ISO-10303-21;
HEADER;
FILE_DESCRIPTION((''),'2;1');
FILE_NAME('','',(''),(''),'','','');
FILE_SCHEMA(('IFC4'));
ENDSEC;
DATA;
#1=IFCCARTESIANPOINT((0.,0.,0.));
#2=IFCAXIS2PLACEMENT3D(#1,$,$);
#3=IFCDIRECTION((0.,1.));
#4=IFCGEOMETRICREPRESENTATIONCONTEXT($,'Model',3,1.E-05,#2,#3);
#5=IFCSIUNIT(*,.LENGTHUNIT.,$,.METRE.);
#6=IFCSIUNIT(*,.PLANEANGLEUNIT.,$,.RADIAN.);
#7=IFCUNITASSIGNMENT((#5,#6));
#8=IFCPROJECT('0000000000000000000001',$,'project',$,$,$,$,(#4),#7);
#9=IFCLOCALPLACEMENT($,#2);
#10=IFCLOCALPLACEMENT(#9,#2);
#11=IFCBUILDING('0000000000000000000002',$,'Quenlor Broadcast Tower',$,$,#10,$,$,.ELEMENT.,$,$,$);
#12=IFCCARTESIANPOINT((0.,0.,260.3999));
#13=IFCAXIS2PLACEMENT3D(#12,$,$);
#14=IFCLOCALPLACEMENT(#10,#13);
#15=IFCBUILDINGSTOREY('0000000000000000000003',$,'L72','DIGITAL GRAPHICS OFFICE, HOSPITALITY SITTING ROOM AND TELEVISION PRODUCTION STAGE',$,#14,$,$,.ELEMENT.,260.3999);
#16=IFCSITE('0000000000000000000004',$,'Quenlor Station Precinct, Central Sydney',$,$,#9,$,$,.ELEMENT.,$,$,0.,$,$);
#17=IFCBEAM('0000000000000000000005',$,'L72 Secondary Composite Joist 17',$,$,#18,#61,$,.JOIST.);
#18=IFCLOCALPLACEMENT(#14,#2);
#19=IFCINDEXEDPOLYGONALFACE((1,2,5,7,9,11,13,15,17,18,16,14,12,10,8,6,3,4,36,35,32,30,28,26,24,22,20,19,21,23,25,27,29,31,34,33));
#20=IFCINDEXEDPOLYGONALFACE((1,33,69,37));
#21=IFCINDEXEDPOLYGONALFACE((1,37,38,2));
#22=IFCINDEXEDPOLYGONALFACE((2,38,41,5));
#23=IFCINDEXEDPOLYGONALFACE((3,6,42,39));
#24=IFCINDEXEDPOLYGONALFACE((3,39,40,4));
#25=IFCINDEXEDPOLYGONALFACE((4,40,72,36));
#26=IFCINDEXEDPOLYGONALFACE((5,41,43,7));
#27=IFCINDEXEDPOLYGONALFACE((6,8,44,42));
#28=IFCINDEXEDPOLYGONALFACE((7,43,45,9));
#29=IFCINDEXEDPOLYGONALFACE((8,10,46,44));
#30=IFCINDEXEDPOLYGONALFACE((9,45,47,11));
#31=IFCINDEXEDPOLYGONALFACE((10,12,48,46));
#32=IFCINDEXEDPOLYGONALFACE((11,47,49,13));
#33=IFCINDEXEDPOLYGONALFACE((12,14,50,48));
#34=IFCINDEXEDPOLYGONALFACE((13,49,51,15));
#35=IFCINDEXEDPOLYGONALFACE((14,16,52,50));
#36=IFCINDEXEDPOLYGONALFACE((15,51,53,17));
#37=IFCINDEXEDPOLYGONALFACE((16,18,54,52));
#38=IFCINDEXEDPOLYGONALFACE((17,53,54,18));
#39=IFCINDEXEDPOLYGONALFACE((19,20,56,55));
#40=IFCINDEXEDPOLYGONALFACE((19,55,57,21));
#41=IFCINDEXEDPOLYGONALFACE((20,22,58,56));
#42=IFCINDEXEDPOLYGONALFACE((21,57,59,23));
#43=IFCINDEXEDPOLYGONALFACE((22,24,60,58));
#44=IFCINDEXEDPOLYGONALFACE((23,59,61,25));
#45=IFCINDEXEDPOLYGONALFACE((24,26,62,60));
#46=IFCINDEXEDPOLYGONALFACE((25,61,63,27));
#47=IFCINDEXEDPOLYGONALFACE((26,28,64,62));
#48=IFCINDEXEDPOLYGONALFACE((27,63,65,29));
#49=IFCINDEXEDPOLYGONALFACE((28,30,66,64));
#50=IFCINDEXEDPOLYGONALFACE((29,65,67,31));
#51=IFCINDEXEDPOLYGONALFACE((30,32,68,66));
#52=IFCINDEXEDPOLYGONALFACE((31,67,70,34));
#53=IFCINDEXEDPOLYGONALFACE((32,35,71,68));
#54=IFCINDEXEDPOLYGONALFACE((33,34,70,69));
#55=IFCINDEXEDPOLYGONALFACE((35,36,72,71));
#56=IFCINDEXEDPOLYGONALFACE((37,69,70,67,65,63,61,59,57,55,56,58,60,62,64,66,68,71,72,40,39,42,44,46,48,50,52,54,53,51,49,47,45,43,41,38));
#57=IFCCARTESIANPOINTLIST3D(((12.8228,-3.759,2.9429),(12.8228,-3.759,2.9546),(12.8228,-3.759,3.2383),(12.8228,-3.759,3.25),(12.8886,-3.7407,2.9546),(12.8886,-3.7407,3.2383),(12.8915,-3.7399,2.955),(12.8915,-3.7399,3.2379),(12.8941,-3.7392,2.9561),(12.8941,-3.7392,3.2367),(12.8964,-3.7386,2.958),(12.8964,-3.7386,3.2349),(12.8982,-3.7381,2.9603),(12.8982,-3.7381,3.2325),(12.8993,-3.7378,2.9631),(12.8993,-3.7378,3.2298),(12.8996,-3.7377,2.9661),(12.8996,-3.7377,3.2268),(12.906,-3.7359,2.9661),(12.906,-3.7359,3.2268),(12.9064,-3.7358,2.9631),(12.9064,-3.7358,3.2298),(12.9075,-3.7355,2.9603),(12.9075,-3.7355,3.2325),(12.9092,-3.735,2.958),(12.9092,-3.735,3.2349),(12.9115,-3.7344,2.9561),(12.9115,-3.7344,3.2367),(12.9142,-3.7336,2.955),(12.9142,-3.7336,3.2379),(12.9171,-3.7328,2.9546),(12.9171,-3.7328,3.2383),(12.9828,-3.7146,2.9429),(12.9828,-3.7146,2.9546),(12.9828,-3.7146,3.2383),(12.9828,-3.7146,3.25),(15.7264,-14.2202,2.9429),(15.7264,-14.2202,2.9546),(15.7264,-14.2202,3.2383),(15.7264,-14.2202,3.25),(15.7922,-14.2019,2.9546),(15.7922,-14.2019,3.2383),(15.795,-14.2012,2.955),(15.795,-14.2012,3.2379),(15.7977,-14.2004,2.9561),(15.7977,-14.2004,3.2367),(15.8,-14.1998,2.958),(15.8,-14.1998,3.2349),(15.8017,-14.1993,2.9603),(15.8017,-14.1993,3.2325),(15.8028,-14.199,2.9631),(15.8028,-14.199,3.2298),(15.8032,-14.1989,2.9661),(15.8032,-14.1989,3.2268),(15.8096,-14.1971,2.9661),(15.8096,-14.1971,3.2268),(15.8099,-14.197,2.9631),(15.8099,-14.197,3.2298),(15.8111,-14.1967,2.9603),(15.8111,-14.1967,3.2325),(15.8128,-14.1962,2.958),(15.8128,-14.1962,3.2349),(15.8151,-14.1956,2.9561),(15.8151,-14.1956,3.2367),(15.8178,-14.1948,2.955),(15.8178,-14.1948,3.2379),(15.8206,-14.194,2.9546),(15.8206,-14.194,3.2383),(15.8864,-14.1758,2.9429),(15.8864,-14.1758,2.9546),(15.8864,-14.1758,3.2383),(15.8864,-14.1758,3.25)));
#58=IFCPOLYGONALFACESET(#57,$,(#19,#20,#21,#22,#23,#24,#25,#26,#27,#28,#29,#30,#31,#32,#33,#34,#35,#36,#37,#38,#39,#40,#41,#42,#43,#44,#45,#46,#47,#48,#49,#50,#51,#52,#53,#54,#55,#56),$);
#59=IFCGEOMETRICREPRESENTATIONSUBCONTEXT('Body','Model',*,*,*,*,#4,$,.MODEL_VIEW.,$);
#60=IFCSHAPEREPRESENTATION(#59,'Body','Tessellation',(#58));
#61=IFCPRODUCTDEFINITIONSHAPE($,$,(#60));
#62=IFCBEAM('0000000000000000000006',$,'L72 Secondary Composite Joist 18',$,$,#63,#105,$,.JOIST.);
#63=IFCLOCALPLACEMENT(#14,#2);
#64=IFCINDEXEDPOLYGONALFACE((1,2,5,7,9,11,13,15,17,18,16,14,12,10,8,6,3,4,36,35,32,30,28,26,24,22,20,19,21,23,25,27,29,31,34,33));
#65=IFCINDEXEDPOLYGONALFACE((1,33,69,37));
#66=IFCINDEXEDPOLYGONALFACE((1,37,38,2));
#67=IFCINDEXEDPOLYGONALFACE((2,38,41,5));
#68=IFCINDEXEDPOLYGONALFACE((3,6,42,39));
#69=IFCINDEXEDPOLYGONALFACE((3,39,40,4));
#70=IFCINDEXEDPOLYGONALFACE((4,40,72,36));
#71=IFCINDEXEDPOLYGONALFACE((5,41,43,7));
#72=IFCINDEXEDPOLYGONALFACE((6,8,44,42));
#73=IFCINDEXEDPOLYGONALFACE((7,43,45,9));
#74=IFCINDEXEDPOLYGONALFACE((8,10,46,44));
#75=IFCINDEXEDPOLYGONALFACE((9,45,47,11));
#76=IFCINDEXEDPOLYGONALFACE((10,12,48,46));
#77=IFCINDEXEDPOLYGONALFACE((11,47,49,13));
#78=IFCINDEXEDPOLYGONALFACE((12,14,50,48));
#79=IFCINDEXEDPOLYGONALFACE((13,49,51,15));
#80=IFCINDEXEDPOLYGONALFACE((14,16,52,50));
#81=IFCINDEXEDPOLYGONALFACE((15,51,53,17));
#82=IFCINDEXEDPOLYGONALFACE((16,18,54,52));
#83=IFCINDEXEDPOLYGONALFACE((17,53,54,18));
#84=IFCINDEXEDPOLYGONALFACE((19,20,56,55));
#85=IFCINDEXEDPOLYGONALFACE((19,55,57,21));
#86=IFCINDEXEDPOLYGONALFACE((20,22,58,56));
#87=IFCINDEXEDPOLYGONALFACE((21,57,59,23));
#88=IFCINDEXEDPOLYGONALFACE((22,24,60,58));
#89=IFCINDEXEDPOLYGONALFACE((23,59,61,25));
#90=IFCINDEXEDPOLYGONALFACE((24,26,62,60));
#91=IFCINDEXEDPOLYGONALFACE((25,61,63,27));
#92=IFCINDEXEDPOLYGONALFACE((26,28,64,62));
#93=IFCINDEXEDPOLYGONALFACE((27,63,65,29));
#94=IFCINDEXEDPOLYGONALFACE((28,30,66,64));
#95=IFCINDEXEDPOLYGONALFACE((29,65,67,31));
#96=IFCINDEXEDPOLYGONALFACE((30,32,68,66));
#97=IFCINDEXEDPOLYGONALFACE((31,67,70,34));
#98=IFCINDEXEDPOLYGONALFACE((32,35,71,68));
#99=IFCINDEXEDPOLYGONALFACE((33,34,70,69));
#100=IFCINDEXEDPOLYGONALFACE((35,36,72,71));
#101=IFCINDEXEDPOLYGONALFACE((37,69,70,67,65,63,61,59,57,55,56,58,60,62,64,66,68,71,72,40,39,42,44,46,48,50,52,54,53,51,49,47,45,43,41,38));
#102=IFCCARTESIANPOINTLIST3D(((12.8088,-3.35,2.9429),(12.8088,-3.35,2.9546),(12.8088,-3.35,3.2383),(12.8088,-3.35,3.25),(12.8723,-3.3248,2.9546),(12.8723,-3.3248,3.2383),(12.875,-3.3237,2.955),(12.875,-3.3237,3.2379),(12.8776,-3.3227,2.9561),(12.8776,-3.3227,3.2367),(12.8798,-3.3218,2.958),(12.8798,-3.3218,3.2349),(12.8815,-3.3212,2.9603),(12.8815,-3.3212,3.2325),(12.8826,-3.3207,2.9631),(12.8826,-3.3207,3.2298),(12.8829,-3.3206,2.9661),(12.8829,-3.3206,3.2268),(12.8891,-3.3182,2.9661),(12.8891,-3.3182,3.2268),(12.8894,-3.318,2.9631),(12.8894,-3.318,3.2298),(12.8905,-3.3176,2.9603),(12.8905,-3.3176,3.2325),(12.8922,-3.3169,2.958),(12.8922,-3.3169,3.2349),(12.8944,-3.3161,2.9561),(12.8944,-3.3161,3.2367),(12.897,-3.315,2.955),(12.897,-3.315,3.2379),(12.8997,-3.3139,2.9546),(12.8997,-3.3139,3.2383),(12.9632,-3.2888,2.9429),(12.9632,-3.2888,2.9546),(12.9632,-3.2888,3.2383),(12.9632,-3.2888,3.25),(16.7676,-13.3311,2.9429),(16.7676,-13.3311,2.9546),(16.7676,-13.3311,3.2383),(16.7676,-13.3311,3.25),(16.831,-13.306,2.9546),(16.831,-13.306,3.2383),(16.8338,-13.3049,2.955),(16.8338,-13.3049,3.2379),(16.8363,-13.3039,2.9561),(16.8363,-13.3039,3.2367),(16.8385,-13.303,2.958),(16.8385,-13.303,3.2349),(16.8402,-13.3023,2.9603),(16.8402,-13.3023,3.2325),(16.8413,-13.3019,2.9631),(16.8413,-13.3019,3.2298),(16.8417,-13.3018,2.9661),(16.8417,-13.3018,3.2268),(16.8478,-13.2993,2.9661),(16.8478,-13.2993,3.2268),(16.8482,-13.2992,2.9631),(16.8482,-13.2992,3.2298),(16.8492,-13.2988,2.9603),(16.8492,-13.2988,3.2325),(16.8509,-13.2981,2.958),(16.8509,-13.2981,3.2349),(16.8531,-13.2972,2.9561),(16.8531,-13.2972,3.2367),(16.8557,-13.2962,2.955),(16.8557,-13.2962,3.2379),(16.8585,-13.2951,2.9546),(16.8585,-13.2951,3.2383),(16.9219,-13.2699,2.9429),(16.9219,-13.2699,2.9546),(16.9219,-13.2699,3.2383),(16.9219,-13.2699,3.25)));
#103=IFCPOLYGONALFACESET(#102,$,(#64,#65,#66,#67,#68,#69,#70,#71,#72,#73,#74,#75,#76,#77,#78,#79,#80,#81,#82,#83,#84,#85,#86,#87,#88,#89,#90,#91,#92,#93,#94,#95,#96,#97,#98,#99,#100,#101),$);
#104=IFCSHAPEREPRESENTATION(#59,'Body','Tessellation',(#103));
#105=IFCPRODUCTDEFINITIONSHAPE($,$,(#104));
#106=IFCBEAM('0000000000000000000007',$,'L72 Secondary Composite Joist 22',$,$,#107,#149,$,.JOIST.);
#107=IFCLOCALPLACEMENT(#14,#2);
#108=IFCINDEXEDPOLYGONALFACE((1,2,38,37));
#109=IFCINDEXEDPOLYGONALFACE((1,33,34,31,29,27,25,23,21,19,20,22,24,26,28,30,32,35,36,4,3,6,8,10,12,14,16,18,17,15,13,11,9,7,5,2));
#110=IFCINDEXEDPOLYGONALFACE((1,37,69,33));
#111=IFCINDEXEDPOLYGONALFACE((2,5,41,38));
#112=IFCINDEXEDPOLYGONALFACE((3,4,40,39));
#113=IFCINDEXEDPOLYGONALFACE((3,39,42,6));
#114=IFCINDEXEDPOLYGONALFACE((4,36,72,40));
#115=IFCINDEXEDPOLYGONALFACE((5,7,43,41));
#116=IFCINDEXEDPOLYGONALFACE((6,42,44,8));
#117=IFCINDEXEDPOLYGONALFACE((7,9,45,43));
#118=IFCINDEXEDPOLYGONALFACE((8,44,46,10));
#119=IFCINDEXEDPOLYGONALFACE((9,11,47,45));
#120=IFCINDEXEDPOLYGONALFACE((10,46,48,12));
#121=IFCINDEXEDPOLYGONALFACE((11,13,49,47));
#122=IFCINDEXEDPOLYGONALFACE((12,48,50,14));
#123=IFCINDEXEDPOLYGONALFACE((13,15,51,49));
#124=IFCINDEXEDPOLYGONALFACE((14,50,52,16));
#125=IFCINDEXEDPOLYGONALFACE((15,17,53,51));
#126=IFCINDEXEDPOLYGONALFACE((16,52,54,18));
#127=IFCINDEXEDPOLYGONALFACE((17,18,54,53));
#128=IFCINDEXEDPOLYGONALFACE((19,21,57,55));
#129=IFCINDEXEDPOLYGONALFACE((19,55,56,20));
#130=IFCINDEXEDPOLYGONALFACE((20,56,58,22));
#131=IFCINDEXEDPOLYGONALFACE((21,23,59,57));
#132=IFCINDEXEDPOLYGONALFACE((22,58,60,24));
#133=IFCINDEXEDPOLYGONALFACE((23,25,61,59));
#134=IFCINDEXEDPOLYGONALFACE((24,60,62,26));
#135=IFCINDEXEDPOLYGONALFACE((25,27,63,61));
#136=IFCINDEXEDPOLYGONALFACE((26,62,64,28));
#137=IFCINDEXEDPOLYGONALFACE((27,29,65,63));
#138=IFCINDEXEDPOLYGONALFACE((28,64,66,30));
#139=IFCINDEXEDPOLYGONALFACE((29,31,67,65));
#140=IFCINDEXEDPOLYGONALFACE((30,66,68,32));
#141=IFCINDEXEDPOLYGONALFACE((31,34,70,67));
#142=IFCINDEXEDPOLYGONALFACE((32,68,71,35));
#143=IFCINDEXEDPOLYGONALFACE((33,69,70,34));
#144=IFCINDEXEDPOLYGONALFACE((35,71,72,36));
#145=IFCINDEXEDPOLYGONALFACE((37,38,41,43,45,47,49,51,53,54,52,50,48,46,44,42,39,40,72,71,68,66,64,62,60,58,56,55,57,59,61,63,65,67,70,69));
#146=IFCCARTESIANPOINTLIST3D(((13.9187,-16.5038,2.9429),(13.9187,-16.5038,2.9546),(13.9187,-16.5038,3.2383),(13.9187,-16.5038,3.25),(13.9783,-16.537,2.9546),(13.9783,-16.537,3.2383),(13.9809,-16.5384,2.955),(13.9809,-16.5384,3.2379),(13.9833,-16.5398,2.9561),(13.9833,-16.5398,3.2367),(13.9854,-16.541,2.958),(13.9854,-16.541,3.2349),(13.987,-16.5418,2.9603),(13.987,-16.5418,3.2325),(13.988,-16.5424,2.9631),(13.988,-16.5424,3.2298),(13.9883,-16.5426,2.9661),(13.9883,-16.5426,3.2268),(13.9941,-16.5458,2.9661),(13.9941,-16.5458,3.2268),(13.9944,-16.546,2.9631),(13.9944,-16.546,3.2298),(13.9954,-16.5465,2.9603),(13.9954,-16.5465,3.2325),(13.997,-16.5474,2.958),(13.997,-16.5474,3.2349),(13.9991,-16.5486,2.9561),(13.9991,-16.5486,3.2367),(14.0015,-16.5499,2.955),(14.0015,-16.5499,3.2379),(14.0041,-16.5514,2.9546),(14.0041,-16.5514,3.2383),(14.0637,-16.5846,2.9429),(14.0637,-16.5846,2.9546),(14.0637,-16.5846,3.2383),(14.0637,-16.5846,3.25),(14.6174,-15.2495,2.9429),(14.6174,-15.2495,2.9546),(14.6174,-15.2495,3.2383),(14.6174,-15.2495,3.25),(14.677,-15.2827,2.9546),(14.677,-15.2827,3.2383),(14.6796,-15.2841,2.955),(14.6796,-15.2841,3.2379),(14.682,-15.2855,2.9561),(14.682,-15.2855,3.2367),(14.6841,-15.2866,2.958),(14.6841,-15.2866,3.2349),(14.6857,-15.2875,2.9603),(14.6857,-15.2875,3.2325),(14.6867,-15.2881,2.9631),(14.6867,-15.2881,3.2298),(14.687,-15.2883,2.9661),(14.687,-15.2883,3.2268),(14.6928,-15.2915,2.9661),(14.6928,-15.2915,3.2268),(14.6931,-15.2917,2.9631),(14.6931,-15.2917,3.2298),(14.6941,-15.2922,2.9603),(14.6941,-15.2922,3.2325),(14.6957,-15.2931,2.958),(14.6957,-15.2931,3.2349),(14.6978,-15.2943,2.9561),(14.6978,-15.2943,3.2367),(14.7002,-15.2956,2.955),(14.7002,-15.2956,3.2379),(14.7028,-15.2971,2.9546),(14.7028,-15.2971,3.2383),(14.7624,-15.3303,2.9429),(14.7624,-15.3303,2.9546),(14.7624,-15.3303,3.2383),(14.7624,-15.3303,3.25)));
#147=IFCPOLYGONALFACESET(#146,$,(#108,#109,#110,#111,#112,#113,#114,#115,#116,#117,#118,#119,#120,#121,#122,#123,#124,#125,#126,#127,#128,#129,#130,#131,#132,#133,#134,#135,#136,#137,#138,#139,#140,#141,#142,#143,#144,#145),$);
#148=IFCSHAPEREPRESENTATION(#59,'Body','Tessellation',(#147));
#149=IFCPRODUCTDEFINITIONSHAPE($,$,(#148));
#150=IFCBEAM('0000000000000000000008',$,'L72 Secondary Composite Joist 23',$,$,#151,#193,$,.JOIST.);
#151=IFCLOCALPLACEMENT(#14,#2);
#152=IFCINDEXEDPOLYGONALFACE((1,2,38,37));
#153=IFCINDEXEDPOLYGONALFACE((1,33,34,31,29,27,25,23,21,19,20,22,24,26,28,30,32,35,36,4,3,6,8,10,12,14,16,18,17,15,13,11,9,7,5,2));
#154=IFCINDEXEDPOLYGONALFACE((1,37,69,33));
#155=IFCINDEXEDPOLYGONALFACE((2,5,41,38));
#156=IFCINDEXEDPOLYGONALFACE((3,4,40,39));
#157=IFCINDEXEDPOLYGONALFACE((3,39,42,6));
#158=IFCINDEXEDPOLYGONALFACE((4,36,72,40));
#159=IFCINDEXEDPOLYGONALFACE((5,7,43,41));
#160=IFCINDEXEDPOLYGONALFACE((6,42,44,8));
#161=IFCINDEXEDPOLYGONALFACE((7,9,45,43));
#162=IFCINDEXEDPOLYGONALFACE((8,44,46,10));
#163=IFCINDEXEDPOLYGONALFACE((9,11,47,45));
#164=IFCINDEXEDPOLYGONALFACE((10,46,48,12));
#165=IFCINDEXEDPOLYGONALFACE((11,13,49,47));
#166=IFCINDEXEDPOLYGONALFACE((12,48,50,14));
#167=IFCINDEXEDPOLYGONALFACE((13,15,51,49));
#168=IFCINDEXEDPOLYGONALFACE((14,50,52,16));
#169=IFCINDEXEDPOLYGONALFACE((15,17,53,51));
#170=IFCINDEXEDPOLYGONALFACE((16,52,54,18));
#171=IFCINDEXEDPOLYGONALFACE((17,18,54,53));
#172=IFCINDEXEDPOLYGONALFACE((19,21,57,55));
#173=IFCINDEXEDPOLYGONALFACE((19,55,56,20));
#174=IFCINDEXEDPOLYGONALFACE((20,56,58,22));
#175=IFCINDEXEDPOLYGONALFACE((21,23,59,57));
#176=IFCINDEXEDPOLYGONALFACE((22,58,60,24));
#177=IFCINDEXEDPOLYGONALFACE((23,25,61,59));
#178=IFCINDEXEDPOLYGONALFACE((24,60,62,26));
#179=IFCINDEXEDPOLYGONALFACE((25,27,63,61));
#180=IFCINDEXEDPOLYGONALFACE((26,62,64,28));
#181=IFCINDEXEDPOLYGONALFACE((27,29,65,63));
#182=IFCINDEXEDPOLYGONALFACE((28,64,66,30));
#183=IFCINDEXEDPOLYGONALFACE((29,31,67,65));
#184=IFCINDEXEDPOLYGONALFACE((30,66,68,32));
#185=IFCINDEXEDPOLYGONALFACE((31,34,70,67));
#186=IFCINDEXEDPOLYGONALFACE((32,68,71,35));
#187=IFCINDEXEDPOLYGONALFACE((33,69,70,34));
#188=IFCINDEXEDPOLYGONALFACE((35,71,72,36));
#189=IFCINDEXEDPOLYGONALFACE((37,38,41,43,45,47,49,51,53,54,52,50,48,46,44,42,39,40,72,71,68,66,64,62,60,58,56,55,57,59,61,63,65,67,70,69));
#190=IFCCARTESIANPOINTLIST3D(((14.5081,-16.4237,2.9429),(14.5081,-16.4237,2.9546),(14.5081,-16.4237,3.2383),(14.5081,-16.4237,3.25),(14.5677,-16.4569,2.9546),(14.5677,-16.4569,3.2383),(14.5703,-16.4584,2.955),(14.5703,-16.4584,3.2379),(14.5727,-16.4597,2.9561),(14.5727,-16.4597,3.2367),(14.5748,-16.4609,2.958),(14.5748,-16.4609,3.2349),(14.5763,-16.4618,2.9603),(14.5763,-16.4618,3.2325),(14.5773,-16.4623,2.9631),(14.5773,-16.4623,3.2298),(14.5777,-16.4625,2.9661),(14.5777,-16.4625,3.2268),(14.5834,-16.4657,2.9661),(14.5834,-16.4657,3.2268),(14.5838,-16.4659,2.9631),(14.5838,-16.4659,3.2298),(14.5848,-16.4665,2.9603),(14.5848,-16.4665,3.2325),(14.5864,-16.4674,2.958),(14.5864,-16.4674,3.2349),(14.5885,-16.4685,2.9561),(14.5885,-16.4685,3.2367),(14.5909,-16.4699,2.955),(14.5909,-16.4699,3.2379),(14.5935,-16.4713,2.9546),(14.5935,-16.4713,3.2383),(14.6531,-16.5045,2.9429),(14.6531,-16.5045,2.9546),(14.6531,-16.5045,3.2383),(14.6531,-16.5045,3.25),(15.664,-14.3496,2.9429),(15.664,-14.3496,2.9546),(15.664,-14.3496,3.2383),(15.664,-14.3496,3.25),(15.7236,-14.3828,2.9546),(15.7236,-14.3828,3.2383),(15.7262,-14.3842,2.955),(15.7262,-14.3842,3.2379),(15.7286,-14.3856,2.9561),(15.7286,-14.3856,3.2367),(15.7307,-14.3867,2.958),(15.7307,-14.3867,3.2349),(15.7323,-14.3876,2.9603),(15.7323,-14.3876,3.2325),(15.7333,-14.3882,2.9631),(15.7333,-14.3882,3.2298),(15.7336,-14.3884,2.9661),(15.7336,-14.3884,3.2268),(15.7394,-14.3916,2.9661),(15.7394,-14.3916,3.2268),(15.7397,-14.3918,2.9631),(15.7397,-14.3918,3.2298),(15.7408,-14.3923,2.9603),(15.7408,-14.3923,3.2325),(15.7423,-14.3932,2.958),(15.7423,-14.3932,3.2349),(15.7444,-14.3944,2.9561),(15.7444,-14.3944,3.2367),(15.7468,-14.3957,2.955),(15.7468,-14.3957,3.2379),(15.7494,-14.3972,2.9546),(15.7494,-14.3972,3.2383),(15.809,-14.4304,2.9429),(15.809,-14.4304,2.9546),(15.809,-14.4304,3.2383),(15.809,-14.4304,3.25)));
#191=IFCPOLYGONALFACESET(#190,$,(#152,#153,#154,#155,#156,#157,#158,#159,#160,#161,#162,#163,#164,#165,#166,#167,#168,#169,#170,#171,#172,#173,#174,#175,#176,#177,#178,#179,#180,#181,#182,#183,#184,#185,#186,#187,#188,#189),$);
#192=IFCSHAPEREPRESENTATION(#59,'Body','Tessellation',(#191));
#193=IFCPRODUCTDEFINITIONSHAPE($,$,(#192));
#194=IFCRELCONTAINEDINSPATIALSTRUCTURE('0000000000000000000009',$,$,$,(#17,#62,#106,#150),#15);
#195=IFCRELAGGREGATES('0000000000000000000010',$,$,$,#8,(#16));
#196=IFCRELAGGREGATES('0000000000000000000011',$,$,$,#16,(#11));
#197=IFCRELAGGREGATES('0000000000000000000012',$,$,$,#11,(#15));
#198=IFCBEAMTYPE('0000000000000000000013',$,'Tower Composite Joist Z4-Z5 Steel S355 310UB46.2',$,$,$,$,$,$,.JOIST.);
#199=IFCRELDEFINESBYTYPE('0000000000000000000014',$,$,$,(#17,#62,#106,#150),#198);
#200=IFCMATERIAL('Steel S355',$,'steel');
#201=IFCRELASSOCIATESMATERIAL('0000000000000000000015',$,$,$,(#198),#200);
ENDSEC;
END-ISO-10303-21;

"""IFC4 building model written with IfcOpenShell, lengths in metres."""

from ifc_helpers import new_model, si_unit, direction, frame, origin, origin_2d, place, context, subcontext, project, spatial, i_section, extrude, material, material_profile, profile_set, type_object, element, save


model = new_model("IFC4")

# Units and contexts
model_context = context("Model", 3, precision=1e-05, world=origin(), true_north=direction((0.0, 1.0)))
body_context = subcontext(model_context, "Body", "Model", "MODEL_VIEW")
ifc_project = project(units=[si_unit("LENGTHUNIT", "METRE"), si_unit("PLANEANGLEUNIT", "RADIAN")], contexts=[model_context])

# Site, building, storey
site_placement = place(None, origin())
site = spatial("IfcSite", under=ifc_project, at=site_placement, Name="Quenlor Station Precinct, Central Sydney", CompositionType="ELEMENT", RefElevation=0.0)
building_placement = place(site_placement, origin())
building = spatial("IfcBuilding", under=site, at=building_placement, Name="Quenlor Broadcast Tower", CompositionType="ELEMENT")
storey_placement = place(building_placement, frame((0.0, 0.0, 260.3999)))
storey = spatial("IfcBuildingStorey", under=building, at=storey_placement, Name="L72", Description="DIGITAL GRAPHICS OFFICE, HOSPITALITY SITTING ROOM AND TELEVISION PRODUCTION STAGE", CompositionType="ELEMENT", Elevation=260.3999)

# Beams
ifc_material_1 = material(Name="Steel S355", Category="steel")
ifc_material_profile_1 = material_profile(ifc_material_1, i_section(OverallWidth=0.166, OverallDepth=0.3071, WebThickness=0.0066, FlangeThickness=0.0117, FilletRadius=0.0115, at=origin_2d()))
ifc_profile_set_1 = profile_set([ifc_material_profile_1], Name="Steel S355 310UB46.2")
beam_type_1 = type_object("IfcBeamType", Name="Tower Composite Joist Z4-Z5 Steel S355 310UB46.2", PredefinedType="JOIST", material=ifc_profile_set_1)
beam_1_placement = place(storey_placement, frame((15.8064, -14.198, 3.0964), z_axis=(-0.267446, 0.963573, 0.0), x_axis=(-0.963573, -0.267446, 0.0)))
element("IfcBeam", 1, at=beam_1_placement, inside=storey, type_object=beam_type_1, Name="L72 Secondary Composite Joist 17", PredefinedType="JOIST", context=body_context, shape_type="SweptSolid", body=[
    extrude(i_section(OverallWidth=0.166, OverallDepth=0.3071, WebThickness=0.0066, FlangeThickness=0.0117, FilletRadius=0.0115, at=origin_2d()), origin(), (0.0, 0.0, 1.0), 10.8567),
])
beam_2_placement = place(storey_placement, frame((16.8447, -13.3005, 3.0964), z_axis=(-0.36868, 0.929556, 0.0), x_axis=(-0.929556, -0.36868, 0.0)))
element("IfcBeam", 2, at=beam_2_placement, inside=storey, type_object=beam_type_1, Name="L72 Secondary Composite Joist 18", PredefinedType="JOIST", context=body_context, shape_type="SweptSolid", body=[
    extrude(i_section(OverallWidth=0.166, OverallDepth=0.3071, WebThickness=0.0066, FlangeThickness=0.0117, FilletRadius=0.0115, at=origin_2d()), origin(), (0.0, 0.0, 1.0), 10.7375),
])
beam_3_placement = place(storey_placement, frame((13.9912, -16.5442, 3.0964), z_axis=(0.486624, 0.873611, 0.0), x_axis=(-0.873611, 0.486624, 0.0)))
element("IfcBeam", 3, at=beam_3_placement, inside=storey, type_object=beam_type_1, Name="L72 Secondary Composite Joist 22", PredefinedType="JOIST", context=body_context, shape_type="SweptSolid", body=[
    extrude(i_section(OverallWidth=0.166, OverallDepth=0.3071, WebThickness=0.0066, FlangeThickness=0.0117, FilletRadius=0.0115, at=origin_2d()), origin(), (0.0, 0.0, 1.0), 1.4358),
])
beam_4_placement = place(storey_placement, frame((14.5806, -16.4641, 3.0964), z_axis=(0.486821, 0.873502, 0.0), x_axis=(-0.873502, 0.486821, 0.0)))
element("IfcBeam", 4, at=beam_4_placement, inside=storey, type_object=beam_type_1, Name="L72 Secondary Composite Joist 23", PredefinedType="JOIST", context=body_context, shape_type="SweptSolid", body=[
    extrude(i_section(OverallWidth=0.166, OverallDepth=0.3071, WebThickness=0.0066, FlangeThickness=0.0117, FilletRadius=0.0115, at=origin_2d()), origin(), (0.0, 0.0, 1.0), 2.3745),
])

save(model, "model.ifc")
